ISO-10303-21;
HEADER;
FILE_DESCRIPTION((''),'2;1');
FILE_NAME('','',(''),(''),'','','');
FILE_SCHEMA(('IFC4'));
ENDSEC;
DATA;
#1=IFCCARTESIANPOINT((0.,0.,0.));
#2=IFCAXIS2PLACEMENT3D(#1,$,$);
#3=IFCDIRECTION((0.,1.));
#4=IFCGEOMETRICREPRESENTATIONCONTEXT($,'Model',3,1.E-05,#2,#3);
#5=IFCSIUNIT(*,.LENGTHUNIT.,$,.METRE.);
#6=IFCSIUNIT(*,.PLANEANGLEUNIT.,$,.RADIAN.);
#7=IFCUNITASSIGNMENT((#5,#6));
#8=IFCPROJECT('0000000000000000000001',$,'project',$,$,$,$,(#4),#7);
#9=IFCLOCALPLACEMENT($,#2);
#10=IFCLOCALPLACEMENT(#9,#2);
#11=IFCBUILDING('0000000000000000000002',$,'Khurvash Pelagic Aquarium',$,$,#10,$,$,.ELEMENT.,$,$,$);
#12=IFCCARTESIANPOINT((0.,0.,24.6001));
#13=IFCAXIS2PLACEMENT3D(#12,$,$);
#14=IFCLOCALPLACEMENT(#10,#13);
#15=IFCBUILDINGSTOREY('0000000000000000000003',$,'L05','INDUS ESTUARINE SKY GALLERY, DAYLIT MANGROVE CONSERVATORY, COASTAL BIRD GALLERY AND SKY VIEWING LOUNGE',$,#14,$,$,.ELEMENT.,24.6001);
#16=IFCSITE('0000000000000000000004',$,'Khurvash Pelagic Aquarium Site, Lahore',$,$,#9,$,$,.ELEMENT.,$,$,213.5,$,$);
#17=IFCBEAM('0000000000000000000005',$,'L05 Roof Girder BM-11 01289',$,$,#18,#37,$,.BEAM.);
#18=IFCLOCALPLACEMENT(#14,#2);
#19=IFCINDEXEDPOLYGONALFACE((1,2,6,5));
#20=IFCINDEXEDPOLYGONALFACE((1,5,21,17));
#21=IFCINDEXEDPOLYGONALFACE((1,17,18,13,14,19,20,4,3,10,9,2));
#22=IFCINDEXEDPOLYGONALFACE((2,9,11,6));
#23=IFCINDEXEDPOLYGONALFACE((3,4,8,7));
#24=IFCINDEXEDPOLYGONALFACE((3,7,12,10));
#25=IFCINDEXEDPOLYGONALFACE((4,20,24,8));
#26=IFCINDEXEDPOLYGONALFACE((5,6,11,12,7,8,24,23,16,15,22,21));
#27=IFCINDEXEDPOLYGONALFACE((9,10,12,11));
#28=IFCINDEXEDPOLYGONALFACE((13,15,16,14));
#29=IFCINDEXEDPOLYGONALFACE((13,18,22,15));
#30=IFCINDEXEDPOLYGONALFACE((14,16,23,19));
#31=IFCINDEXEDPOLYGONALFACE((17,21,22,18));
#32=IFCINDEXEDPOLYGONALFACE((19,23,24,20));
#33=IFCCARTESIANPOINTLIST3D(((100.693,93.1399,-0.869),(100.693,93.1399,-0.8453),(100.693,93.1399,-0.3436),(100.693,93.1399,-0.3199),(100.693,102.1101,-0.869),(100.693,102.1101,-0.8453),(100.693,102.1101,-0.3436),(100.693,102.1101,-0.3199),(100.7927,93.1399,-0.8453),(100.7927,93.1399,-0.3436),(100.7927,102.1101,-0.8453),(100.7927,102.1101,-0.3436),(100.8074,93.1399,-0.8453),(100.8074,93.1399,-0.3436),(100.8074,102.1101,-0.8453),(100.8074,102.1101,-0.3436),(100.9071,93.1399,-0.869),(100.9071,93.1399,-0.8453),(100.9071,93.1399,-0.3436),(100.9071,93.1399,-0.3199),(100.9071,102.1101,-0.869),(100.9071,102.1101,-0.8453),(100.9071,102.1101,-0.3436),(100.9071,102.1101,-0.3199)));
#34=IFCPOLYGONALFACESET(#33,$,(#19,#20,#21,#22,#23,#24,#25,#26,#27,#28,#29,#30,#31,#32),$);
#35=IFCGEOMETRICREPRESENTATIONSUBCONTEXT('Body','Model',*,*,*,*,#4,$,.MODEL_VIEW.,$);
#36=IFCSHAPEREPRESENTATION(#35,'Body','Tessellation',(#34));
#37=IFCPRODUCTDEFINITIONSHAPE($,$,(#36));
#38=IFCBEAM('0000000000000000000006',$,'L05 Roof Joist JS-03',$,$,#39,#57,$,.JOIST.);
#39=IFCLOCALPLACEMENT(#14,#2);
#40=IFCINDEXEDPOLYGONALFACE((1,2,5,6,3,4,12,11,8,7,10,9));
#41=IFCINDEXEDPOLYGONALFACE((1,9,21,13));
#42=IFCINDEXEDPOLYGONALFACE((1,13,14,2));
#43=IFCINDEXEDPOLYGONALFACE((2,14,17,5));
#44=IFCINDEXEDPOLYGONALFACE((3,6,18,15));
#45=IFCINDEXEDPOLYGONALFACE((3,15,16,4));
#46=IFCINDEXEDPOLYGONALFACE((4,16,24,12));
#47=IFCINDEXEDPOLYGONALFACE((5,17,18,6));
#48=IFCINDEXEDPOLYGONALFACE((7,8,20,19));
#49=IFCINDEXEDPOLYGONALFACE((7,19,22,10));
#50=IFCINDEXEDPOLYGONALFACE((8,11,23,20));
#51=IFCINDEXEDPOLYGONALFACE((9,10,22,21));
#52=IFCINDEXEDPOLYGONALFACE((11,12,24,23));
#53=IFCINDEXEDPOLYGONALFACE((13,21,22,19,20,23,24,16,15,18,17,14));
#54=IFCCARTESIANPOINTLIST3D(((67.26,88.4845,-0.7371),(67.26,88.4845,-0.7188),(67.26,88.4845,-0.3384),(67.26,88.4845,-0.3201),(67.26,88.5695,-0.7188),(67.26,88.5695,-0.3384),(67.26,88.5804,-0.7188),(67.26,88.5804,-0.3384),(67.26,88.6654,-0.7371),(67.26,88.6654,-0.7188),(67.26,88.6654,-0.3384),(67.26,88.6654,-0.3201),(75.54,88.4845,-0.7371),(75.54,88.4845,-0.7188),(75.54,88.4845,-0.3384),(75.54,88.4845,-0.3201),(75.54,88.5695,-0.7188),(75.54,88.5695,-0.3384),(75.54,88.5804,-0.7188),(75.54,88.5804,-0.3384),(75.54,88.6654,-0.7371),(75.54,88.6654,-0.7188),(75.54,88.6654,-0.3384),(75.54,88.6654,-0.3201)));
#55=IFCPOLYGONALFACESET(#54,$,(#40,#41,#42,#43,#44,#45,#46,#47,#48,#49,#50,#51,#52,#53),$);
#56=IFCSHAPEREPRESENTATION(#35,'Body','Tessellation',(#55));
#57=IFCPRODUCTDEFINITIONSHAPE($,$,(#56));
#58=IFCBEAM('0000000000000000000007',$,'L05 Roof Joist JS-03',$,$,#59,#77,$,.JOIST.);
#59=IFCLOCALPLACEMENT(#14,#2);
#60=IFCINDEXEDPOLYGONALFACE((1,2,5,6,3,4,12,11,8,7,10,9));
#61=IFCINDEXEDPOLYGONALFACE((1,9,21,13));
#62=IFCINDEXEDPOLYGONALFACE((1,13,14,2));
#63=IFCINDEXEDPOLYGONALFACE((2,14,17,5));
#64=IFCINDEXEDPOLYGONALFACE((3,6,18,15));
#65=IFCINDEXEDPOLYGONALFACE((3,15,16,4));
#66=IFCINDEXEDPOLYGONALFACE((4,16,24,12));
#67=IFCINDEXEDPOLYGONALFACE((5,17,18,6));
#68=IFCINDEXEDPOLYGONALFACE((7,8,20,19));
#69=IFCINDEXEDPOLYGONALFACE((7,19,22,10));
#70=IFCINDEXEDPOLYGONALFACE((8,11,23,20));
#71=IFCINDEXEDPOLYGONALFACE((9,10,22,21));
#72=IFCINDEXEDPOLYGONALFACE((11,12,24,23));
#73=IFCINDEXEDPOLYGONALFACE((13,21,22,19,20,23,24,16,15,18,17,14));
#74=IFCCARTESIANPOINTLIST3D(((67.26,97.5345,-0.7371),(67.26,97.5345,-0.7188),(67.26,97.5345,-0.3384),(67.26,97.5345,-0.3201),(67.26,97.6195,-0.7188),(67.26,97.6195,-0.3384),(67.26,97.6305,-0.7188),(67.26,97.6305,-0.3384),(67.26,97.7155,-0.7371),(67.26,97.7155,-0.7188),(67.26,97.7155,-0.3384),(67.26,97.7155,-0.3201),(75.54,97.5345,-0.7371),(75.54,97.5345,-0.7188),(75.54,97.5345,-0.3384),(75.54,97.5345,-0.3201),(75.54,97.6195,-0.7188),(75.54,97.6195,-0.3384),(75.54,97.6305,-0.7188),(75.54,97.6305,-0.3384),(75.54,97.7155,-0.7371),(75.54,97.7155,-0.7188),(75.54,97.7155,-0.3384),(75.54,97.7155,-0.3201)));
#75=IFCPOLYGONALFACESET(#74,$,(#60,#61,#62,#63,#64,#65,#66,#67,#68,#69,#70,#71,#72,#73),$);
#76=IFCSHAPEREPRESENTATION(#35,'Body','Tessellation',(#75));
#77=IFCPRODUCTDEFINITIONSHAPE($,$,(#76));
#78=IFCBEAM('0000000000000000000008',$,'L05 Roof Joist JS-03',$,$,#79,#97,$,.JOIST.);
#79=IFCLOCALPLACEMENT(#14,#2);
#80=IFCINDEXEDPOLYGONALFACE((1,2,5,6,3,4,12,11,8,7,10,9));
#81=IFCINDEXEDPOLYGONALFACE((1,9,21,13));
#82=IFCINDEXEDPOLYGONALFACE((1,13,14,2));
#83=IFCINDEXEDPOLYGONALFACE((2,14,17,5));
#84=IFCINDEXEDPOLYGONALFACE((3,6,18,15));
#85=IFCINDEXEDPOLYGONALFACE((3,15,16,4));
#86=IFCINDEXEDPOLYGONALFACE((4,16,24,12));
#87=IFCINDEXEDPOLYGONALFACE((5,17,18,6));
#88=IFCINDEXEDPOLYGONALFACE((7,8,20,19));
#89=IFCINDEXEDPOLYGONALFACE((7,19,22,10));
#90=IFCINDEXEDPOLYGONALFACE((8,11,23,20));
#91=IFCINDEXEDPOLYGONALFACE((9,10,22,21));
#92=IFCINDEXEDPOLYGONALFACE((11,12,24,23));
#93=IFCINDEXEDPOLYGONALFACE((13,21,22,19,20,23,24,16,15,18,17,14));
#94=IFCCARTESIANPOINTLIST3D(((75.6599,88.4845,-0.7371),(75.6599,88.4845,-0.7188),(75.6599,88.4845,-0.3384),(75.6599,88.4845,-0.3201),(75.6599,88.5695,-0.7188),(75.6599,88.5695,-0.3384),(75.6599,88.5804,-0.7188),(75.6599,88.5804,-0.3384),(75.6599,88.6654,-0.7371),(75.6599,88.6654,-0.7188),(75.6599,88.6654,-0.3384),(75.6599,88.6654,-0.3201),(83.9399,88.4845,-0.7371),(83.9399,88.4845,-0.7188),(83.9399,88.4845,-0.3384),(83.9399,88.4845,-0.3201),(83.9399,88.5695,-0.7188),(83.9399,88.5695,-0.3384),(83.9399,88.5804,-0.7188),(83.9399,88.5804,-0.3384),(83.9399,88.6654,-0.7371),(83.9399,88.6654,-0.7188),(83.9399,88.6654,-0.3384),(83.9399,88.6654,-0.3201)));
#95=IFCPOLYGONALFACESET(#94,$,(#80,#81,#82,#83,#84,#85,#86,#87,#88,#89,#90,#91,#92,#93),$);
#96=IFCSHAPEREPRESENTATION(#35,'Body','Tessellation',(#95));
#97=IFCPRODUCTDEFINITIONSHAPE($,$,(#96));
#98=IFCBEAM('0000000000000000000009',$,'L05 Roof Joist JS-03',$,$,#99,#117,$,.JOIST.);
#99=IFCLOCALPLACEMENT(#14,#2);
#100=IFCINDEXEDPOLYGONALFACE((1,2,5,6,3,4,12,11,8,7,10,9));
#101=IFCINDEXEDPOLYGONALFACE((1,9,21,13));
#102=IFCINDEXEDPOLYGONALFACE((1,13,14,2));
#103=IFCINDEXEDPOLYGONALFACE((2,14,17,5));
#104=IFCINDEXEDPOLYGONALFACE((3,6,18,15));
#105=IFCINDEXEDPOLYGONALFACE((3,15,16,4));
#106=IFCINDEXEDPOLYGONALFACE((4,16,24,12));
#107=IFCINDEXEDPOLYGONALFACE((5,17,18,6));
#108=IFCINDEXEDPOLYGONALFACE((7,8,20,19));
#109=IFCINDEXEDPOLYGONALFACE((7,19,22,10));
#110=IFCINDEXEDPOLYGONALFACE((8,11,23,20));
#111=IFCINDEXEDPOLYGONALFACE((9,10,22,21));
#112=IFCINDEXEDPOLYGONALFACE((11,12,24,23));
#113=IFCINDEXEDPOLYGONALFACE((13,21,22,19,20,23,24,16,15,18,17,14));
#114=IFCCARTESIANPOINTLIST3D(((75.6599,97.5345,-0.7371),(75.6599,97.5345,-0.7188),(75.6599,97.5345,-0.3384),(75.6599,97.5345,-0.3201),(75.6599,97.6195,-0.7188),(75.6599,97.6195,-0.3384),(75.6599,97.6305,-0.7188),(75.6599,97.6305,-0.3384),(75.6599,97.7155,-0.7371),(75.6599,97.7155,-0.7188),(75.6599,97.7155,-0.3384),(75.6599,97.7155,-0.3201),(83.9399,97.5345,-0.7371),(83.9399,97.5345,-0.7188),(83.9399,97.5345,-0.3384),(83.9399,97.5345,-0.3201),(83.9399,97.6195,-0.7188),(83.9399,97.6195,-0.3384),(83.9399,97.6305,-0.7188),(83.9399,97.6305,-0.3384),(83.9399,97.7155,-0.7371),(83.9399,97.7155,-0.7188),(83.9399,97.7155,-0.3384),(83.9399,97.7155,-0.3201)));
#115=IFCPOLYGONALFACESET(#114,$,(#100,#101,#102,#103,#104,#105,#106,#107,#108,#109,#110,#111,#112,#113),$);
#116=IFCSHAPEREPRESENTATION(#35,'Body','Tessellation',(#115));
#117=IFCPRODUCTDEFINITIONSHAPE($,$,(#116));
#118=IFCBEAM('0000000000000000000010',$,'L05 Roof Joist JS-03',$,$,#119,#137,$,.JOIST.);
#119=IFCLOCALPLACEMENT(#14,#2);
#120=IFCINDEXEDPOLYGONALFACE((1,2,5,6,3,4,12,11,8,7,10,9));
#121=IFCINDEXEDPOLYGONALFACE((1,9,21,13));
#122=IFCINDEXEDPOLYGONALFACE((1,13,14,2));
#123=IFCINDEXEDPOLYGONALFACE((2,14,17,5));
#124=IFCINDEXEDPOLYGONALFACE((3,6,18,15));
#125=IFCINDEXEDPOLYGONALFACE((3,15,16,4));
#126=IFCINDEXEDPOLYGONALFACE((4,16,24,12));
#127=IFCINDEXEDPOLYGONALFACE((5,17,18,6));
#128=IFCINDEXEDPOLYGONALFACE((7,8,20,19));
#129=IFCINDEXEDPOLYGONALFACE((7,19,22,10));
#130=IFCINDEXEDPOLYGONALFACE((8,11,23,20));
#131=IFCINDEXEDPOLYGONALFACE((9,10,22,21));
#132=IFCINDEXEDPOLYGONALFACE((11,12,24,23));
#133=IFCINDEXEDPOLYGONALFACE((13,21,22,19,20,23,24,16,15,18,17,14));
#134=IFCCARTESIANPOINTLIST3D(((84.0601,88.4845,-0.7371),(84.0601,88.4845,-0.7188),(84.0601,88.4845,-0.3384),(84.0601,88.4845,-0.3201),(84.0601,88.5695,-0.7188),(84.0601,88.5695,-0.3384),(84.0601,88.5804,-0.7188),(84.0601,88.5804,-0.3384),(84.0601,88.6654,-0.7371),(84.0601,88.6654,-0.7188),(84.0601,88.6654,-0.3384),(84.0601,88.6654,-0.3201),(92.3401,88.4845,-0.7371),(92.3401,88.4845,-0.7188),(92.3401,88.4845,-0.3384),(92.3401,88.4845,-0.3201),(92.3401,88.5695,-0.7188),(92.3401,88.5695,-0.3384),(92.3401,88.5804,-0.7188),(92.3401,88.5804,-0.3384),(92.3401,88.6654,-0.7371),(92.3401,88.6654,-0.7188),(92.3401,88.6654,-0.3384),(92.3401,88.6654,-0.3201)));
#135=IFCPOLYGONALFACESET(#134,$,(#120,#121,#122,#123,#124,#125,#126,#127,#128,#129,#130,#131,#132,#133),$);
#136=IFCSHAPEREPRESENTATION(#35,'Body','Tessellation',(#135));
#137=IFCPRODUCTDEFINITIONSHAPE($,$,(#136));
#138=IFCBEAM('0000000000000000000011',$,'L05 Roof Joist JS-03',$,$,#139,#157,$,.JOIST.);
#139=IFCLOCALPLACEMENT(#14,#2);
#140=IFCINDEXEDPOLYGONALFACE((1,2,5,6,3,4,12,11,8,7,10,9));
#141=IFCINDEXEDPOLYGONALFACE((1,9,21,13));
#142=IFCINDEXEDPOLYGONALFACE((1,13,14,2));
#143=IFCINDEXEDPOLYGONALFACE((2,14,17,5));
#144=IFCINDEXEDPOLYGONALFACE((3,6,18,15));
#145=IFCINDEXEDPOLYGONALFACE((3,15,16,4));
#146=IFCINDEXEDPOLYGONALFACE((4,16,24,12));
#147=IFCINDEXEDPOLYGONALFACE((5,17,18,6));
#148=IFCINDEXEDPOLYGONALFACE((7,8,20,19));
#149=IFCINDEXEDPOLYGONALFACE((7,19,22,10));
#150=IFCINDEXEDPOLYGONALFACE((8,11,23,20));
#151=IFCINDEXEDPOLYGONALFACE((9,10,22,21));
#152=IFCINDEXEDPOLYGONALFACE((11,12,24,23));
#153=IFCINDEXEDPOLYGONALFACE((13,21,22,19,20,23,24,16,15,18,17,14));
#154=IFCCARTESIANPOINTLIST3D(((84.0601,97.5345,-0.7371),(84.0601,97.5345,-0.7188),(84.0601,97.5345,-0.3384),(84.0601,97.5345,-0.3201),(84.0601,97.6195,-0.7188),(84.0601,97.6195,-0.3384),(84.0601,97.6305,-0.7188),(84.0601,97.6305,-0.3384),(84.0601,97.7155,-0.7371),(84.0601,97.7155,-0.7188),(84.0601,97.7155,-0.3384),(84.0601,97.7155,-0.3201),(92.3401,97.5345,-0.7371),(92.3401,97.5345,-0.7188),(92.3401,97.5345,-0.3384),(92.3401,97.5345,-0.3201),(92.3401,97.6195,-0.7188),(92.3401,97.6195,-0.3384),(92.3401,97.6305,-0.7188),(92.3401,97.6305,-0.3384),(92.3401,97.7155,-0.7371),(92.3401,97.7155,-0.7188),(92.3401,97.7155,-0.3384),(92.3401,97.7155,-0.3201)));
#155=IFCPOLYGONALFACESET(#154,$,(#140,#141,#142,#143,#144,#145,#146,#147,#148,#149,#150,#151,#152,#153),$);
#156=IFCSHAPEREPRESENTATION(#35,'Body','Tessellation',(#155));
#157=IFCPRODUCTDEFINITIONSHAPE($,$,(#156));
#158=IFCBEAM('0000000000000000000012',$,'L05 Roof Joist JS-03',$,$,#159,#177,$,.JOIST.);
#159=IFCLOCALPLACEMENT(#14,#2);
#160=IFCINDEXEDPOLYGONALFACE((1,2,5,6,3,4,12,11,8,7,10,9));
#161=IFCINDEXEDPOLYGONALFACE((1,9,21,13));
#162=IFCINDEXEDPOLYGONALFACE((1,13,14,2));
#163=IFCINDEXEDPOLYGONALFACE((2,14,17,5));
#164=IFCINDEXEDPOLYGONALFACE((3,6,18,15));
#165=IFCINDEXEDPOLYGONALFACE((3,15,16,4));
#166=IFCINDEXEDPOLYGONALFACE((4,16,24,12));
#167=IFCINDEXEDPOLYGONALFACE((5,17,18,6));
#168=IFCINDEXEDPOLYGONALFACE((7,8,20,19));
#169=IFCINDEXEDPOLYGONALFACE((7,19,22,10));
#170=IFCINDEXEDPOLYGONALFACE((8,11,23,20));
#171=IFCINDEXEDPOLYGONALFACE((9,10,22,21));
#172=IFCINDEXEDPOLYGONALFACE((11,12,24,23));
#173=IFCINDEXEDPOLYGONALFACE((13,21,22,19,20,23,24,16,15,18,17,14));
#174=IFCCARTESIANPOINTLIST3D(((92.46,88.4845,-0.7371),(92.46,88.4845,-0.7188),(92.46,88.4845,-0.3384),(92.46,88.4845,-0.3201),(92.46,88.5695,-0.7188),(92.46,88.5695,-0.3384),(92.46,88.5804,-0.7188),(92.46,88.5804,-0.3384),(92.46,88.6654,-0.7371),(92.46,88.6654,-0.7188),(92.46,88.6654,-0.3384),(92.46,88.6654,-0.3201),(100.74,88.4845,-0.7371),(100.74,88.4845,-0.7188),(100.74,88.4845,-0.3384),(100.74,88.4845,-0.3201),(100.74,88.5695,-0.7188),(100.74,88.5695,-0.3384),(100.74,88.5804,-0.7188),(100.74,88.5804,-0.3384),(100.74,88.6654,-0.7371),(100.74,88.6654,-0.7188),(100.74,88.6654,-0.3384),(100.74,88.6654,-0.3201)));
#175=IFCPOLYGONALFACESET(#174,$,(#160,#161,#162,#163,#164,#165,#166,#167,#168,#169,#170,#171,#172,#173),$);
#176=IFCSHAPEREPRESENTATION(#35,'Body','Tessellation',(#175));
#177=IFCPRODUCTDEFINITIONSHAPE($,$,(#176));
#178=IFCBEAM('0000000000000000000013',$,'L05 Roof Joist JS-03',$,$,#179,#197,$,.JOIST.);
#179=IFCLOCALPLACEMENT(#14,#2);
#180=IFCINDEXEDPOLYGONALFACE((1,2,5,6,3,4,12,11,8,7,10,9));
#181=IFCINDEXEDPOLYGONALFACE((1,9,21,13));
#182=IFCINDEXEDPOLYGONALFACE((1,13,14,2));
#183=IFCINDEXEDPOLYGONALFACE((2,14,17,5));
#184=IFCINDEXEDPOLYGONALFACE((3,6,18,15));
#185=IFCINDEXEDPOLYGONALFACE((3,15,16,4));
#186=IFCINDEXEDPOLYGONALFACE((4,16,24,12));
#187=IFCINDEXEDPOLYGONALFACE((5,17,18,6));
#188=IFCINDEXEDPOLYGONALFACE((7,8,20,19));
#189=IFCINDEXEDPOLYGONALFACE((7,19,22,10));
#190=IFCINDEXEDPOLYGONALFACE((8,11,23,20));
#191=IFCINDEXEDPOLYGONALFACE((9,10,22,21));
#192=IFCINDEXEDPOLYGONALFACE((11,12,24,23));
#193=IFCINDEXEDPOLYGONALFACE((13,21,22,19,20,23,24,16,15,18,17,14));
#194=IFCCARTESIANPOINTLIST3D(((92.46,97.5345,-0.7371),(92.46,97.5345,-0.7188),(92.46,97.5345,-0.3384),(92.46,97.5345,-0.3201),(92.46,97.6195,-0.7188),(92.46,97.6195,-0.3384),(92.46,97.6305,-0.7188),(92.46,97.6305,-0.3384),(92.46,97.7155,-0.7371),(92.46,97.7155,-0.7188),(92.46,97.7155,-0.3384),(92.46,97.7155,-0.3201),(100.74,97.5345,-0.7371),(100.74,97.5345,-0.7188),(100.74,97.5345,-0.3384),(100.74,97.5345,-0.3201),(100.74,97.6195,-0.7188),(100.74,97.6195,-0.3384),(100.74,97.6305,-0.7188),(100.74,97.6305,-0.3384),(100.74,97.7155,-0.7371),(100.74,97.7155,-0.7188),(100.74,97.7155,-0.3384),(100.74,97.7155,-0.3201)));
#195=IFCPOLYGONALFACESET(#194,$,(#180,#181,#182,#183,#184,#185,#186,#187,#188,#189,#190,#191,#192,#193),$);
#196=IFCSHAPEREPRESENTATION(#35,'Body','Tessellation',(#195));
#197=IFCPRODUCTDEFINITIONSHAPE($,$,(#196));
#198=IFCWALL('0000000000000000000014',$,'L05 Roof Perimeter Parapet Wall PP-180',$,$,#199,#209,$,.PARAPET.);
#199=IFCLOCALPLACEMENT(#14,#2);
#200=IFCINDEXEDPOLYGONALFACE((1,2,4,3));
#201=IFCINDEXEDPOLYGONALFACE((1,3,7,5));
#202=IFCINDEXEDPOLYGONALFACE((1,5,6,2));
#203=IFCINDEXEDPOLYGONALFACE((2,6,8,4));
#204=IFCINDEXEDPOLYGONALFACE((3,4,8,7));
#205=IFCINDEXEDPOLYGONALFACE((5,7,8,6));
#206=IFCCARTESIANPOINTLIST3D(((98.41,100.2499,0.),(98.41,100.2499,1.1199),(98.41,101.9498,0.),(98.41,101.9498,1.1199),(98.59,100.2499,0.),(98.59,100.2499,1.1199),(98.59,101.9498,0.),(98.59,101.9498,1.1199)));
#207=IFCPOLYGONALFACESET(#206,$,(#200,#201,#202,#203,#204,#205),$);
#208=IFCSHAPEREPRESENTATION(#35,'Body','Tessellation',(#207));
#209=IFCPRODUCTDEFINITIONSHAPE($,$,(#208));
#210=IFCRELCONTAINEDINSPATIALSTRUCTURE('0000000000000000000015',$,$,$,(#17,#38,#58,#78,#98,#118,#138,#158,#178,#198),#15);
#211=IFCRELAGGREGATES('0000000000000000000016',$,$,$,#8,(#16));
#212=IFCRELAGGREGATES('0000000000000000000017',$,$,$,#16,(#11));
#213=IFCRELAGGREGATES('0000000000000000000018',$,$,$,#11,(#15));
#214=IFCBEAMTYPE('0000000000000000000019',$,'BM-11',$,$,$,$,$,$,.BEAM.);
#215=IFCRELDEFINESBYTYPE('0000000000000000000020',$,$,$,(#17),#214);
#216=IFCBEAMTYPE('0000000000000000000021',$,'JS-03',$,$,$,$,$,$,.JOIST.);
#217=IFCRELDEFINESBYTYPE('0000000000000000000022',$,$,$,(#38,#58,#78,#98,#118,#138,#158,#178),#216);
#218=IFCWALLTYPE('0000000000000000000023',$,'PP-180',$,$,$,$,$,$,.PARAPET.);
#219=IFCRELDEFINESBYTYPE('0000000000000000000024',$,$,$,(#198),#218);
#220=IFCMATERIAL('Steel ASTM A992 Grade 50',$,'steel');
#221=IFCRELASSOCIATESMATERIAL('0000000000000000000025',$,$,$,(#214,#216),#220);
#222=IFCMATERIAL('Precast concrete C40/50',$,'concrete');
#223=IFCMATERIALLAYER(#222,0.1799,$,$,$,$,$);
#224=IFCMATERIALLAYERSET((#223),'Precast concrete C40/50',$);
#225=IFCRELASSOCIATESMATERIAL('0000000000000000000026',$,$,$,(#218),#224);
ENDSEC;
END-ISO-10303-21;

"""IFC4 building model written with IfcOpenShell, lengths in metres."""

from ifc_helpers import new_model, si_unit, direction, frame, frame_2d, origin, origin_2d, place, context, subcontext, project, spatial, rectangle, i_section, extrude, material, layer, layer_set, material_profile, profile_set, type_object, element, save


model = new_model("IFC4")

# Units and contexts
model_context = context("Model", 3, precision=1e-05, world=origin(), true_north=direction((0.0, 1.0)))
body_context = subcontext(model_context, "Body", "Model", "MODEL_VIEW")
ifc_project = project(units=[si_unit("LENGTHUNIT", "METRE"), si_unit("PLANEANGLEUNIT", "RADIAN")], contexts=[model_context])

# Site, building, storey
site_placement = place(None, origin())
site = spatial("IfcSite", under=ifc_project, at=site_placement, Name="Khurvash Pelagic Aquarium Site, Lahore", CompositionType="ELEMENT", RefElevation=213.5)
building_placement = place(site_placement, origin())
building = spatial("IfcBuilding", under=site, at=building_placement, Name="Khurvash Pelagic Aquarium", CompositionType="ELEMENT")
storey_placement = place(building_placement, frame((0.0, 0.0, 24.6001)))
storey = spatial("IfcBuildingStorey", under=building, at=storey_placement, Name="L05", Description="INDUS ESTUARINE SKY GALLERY, DAYLIT MANGROVE CONSERVATORY, COASTAL BIRD GALLERY AND SKY VIEWING LOUNGE", CompositionType="ELEMENT", Elevation=24.6001)

# Beams
ifc_material_1 = material(Name="Steel ASTM A992 Grade 50", Category="steel")
ifc_material_profile_1 = material_profile(ifc_material_1, i_section(OverallWidth=0.2141, OverallDepth=0.5491, WebThickness=0.0146, FlangeThickness=0.0237, at=origin_2d()), Name="W21X93")
ifc_profile_set_1 = profile_set([ifc_material_profile_1], Name="Steel ASTM A992 Grade 50")
beam_type_1 = type_object("IfcBeamType", Name="BM-11", PredefinedType="BEAM", material=ifc_profile_set_1)
beam_1_placement = place(storey_placement, frame((100.8, 93.1399, -0.5945), z_axis=(0.0, 1.0, 0.0), x_axis=(-1.0, 0.0, 0.0)))
element("IfcBeam", 1, at=beam_1_placement, inside=storey, type_object=beam_type_1, Name="L05 Roof Girder BM-11 01289", PredefinedType="BEAM", context=body_context, shape_type="SweptSolid", body=[
    extrude(i_section(OverallWidth=0.2141, OverallDepth=0.5491, WebThickness=0.0146, FlangeThickness=0.0237, at=origin_2d()), origin(), (0.0, 0.0, 1.0), 8.9702),
])
ifc_material_profile_2 = material_profile(ifc_material_1, i_section(OverallWidth=0.1809, OverallDepth=0.417, WebThickness=0.011, FlangeThickness=0.0183, at=origin_2d()), Name="W16X57")
ifc_profile_set_2 = profile_set([ifc_material_profile_2], Name="Steel ASTM A992 Grade 50")
beam_type_2 = type_object("IfcBeamType", Name="JS-03", PredefinedType="JOIST", material=ifc_profile_set_2)
for number, where, z_axis, x_axis, name in (
    (2, (67.26, 88.575, -0.5286), (1.0, 0.0, 0.0), (0.0, 1.0, 0.0), "L05 Roof Joist JS-03"),
    (3, (67.26, 97.625, -0.5286), (1.0, 0.0, 0.0), (0.0, 1.0, 0.0), "L05 Roof Joist JS-03"),
    (4, (75.6599, 88.575, -0.5286), (1.0, 0.0, 0.0), (0.0, 1.0, 0.0), "L05 Roof Joist JS-03"),
    (5, (75.6599, 97.625, -0.5286), (1.0, 0.0, 0.0), (0.0, 1.0, 0.0), "L05 Roof Joist JS-03"),
    (6, (84.0601, 88.575, -0.5286), (1.0, 0.0, 0.0), (0.0, 1.0, 0.0), "L05 Roof Joist JS-03"),
    (7, (84.0601, 97.625, -0.5286), (1.0, 0.0, 0.0), (0.0, 1.0, 0.0), "L05 Roof Joist JS-03"),
    (8, (92.46, 88.575, -0.5286), (1.0, 0.0, 0.0), (0.0, 1.0, 0.0), "L05 Roof Joist JS-03"),
    (9, (92.46, 97.625, -0.5286), (1.0, 0.0, 0.0), (0.0, 1.0, 0.0), "L05 Roof Joist JS-03"),
):
    element("IfcBeam", number, at=place(storey_placement, frame(where, z_axis=z_axis, x_axis=x_axis)), inside=storey, type_object=beam_type_2, Name=name, PredefinedType="JOIST", context=body_context, shape_type="SweptSolid", body=[
        extrude(i_section(OverallWidth=0.1809, OverallDepth=0.417, WebThickness=0.011, FlangeThickness=0.0183, at=origin_2d()), origin(), (0.0, 0.0, 1.0), 8.28),
    ])

# Wall
ifc_material_2 = material(Name="Precast concrete C40/50", Category="concrete")
ifc_layer_1 = layer(ifc_material_2, 0.1799)
ifc_layer_set_1 = layer_set([ifc_layer_1], Name="Precast concrete C40/50")
wall_type_1 = type_object("IfcWallType", Name="PP-180", PredefinedType="PARAPET", material=ifc_layer_set_1)
wall_1_placement = place(storey_placement, frame((98.5, 101.95, 0.0), z_axis=(0.0, 0.0, 1.0), x_axis=(0.0, -1.0, 0.0)))
element("IfcWall", 10, at=wall_1_placement, inside=storey, type_object=wall_type_1, Name="L05 Roof Perimeter Parapet Wall PP-180", PredefinedType="PARAPET", context=body_context, shape_type="SweptSolid", body=[
    extrude(rectangle(XDim=1.7, YDim=0.1799, at=frame_2d((0.8501, 0.0))), origin(), (0.0, 0.0, 1.0), 1.1199),
])

save(model, "model.ifc")
